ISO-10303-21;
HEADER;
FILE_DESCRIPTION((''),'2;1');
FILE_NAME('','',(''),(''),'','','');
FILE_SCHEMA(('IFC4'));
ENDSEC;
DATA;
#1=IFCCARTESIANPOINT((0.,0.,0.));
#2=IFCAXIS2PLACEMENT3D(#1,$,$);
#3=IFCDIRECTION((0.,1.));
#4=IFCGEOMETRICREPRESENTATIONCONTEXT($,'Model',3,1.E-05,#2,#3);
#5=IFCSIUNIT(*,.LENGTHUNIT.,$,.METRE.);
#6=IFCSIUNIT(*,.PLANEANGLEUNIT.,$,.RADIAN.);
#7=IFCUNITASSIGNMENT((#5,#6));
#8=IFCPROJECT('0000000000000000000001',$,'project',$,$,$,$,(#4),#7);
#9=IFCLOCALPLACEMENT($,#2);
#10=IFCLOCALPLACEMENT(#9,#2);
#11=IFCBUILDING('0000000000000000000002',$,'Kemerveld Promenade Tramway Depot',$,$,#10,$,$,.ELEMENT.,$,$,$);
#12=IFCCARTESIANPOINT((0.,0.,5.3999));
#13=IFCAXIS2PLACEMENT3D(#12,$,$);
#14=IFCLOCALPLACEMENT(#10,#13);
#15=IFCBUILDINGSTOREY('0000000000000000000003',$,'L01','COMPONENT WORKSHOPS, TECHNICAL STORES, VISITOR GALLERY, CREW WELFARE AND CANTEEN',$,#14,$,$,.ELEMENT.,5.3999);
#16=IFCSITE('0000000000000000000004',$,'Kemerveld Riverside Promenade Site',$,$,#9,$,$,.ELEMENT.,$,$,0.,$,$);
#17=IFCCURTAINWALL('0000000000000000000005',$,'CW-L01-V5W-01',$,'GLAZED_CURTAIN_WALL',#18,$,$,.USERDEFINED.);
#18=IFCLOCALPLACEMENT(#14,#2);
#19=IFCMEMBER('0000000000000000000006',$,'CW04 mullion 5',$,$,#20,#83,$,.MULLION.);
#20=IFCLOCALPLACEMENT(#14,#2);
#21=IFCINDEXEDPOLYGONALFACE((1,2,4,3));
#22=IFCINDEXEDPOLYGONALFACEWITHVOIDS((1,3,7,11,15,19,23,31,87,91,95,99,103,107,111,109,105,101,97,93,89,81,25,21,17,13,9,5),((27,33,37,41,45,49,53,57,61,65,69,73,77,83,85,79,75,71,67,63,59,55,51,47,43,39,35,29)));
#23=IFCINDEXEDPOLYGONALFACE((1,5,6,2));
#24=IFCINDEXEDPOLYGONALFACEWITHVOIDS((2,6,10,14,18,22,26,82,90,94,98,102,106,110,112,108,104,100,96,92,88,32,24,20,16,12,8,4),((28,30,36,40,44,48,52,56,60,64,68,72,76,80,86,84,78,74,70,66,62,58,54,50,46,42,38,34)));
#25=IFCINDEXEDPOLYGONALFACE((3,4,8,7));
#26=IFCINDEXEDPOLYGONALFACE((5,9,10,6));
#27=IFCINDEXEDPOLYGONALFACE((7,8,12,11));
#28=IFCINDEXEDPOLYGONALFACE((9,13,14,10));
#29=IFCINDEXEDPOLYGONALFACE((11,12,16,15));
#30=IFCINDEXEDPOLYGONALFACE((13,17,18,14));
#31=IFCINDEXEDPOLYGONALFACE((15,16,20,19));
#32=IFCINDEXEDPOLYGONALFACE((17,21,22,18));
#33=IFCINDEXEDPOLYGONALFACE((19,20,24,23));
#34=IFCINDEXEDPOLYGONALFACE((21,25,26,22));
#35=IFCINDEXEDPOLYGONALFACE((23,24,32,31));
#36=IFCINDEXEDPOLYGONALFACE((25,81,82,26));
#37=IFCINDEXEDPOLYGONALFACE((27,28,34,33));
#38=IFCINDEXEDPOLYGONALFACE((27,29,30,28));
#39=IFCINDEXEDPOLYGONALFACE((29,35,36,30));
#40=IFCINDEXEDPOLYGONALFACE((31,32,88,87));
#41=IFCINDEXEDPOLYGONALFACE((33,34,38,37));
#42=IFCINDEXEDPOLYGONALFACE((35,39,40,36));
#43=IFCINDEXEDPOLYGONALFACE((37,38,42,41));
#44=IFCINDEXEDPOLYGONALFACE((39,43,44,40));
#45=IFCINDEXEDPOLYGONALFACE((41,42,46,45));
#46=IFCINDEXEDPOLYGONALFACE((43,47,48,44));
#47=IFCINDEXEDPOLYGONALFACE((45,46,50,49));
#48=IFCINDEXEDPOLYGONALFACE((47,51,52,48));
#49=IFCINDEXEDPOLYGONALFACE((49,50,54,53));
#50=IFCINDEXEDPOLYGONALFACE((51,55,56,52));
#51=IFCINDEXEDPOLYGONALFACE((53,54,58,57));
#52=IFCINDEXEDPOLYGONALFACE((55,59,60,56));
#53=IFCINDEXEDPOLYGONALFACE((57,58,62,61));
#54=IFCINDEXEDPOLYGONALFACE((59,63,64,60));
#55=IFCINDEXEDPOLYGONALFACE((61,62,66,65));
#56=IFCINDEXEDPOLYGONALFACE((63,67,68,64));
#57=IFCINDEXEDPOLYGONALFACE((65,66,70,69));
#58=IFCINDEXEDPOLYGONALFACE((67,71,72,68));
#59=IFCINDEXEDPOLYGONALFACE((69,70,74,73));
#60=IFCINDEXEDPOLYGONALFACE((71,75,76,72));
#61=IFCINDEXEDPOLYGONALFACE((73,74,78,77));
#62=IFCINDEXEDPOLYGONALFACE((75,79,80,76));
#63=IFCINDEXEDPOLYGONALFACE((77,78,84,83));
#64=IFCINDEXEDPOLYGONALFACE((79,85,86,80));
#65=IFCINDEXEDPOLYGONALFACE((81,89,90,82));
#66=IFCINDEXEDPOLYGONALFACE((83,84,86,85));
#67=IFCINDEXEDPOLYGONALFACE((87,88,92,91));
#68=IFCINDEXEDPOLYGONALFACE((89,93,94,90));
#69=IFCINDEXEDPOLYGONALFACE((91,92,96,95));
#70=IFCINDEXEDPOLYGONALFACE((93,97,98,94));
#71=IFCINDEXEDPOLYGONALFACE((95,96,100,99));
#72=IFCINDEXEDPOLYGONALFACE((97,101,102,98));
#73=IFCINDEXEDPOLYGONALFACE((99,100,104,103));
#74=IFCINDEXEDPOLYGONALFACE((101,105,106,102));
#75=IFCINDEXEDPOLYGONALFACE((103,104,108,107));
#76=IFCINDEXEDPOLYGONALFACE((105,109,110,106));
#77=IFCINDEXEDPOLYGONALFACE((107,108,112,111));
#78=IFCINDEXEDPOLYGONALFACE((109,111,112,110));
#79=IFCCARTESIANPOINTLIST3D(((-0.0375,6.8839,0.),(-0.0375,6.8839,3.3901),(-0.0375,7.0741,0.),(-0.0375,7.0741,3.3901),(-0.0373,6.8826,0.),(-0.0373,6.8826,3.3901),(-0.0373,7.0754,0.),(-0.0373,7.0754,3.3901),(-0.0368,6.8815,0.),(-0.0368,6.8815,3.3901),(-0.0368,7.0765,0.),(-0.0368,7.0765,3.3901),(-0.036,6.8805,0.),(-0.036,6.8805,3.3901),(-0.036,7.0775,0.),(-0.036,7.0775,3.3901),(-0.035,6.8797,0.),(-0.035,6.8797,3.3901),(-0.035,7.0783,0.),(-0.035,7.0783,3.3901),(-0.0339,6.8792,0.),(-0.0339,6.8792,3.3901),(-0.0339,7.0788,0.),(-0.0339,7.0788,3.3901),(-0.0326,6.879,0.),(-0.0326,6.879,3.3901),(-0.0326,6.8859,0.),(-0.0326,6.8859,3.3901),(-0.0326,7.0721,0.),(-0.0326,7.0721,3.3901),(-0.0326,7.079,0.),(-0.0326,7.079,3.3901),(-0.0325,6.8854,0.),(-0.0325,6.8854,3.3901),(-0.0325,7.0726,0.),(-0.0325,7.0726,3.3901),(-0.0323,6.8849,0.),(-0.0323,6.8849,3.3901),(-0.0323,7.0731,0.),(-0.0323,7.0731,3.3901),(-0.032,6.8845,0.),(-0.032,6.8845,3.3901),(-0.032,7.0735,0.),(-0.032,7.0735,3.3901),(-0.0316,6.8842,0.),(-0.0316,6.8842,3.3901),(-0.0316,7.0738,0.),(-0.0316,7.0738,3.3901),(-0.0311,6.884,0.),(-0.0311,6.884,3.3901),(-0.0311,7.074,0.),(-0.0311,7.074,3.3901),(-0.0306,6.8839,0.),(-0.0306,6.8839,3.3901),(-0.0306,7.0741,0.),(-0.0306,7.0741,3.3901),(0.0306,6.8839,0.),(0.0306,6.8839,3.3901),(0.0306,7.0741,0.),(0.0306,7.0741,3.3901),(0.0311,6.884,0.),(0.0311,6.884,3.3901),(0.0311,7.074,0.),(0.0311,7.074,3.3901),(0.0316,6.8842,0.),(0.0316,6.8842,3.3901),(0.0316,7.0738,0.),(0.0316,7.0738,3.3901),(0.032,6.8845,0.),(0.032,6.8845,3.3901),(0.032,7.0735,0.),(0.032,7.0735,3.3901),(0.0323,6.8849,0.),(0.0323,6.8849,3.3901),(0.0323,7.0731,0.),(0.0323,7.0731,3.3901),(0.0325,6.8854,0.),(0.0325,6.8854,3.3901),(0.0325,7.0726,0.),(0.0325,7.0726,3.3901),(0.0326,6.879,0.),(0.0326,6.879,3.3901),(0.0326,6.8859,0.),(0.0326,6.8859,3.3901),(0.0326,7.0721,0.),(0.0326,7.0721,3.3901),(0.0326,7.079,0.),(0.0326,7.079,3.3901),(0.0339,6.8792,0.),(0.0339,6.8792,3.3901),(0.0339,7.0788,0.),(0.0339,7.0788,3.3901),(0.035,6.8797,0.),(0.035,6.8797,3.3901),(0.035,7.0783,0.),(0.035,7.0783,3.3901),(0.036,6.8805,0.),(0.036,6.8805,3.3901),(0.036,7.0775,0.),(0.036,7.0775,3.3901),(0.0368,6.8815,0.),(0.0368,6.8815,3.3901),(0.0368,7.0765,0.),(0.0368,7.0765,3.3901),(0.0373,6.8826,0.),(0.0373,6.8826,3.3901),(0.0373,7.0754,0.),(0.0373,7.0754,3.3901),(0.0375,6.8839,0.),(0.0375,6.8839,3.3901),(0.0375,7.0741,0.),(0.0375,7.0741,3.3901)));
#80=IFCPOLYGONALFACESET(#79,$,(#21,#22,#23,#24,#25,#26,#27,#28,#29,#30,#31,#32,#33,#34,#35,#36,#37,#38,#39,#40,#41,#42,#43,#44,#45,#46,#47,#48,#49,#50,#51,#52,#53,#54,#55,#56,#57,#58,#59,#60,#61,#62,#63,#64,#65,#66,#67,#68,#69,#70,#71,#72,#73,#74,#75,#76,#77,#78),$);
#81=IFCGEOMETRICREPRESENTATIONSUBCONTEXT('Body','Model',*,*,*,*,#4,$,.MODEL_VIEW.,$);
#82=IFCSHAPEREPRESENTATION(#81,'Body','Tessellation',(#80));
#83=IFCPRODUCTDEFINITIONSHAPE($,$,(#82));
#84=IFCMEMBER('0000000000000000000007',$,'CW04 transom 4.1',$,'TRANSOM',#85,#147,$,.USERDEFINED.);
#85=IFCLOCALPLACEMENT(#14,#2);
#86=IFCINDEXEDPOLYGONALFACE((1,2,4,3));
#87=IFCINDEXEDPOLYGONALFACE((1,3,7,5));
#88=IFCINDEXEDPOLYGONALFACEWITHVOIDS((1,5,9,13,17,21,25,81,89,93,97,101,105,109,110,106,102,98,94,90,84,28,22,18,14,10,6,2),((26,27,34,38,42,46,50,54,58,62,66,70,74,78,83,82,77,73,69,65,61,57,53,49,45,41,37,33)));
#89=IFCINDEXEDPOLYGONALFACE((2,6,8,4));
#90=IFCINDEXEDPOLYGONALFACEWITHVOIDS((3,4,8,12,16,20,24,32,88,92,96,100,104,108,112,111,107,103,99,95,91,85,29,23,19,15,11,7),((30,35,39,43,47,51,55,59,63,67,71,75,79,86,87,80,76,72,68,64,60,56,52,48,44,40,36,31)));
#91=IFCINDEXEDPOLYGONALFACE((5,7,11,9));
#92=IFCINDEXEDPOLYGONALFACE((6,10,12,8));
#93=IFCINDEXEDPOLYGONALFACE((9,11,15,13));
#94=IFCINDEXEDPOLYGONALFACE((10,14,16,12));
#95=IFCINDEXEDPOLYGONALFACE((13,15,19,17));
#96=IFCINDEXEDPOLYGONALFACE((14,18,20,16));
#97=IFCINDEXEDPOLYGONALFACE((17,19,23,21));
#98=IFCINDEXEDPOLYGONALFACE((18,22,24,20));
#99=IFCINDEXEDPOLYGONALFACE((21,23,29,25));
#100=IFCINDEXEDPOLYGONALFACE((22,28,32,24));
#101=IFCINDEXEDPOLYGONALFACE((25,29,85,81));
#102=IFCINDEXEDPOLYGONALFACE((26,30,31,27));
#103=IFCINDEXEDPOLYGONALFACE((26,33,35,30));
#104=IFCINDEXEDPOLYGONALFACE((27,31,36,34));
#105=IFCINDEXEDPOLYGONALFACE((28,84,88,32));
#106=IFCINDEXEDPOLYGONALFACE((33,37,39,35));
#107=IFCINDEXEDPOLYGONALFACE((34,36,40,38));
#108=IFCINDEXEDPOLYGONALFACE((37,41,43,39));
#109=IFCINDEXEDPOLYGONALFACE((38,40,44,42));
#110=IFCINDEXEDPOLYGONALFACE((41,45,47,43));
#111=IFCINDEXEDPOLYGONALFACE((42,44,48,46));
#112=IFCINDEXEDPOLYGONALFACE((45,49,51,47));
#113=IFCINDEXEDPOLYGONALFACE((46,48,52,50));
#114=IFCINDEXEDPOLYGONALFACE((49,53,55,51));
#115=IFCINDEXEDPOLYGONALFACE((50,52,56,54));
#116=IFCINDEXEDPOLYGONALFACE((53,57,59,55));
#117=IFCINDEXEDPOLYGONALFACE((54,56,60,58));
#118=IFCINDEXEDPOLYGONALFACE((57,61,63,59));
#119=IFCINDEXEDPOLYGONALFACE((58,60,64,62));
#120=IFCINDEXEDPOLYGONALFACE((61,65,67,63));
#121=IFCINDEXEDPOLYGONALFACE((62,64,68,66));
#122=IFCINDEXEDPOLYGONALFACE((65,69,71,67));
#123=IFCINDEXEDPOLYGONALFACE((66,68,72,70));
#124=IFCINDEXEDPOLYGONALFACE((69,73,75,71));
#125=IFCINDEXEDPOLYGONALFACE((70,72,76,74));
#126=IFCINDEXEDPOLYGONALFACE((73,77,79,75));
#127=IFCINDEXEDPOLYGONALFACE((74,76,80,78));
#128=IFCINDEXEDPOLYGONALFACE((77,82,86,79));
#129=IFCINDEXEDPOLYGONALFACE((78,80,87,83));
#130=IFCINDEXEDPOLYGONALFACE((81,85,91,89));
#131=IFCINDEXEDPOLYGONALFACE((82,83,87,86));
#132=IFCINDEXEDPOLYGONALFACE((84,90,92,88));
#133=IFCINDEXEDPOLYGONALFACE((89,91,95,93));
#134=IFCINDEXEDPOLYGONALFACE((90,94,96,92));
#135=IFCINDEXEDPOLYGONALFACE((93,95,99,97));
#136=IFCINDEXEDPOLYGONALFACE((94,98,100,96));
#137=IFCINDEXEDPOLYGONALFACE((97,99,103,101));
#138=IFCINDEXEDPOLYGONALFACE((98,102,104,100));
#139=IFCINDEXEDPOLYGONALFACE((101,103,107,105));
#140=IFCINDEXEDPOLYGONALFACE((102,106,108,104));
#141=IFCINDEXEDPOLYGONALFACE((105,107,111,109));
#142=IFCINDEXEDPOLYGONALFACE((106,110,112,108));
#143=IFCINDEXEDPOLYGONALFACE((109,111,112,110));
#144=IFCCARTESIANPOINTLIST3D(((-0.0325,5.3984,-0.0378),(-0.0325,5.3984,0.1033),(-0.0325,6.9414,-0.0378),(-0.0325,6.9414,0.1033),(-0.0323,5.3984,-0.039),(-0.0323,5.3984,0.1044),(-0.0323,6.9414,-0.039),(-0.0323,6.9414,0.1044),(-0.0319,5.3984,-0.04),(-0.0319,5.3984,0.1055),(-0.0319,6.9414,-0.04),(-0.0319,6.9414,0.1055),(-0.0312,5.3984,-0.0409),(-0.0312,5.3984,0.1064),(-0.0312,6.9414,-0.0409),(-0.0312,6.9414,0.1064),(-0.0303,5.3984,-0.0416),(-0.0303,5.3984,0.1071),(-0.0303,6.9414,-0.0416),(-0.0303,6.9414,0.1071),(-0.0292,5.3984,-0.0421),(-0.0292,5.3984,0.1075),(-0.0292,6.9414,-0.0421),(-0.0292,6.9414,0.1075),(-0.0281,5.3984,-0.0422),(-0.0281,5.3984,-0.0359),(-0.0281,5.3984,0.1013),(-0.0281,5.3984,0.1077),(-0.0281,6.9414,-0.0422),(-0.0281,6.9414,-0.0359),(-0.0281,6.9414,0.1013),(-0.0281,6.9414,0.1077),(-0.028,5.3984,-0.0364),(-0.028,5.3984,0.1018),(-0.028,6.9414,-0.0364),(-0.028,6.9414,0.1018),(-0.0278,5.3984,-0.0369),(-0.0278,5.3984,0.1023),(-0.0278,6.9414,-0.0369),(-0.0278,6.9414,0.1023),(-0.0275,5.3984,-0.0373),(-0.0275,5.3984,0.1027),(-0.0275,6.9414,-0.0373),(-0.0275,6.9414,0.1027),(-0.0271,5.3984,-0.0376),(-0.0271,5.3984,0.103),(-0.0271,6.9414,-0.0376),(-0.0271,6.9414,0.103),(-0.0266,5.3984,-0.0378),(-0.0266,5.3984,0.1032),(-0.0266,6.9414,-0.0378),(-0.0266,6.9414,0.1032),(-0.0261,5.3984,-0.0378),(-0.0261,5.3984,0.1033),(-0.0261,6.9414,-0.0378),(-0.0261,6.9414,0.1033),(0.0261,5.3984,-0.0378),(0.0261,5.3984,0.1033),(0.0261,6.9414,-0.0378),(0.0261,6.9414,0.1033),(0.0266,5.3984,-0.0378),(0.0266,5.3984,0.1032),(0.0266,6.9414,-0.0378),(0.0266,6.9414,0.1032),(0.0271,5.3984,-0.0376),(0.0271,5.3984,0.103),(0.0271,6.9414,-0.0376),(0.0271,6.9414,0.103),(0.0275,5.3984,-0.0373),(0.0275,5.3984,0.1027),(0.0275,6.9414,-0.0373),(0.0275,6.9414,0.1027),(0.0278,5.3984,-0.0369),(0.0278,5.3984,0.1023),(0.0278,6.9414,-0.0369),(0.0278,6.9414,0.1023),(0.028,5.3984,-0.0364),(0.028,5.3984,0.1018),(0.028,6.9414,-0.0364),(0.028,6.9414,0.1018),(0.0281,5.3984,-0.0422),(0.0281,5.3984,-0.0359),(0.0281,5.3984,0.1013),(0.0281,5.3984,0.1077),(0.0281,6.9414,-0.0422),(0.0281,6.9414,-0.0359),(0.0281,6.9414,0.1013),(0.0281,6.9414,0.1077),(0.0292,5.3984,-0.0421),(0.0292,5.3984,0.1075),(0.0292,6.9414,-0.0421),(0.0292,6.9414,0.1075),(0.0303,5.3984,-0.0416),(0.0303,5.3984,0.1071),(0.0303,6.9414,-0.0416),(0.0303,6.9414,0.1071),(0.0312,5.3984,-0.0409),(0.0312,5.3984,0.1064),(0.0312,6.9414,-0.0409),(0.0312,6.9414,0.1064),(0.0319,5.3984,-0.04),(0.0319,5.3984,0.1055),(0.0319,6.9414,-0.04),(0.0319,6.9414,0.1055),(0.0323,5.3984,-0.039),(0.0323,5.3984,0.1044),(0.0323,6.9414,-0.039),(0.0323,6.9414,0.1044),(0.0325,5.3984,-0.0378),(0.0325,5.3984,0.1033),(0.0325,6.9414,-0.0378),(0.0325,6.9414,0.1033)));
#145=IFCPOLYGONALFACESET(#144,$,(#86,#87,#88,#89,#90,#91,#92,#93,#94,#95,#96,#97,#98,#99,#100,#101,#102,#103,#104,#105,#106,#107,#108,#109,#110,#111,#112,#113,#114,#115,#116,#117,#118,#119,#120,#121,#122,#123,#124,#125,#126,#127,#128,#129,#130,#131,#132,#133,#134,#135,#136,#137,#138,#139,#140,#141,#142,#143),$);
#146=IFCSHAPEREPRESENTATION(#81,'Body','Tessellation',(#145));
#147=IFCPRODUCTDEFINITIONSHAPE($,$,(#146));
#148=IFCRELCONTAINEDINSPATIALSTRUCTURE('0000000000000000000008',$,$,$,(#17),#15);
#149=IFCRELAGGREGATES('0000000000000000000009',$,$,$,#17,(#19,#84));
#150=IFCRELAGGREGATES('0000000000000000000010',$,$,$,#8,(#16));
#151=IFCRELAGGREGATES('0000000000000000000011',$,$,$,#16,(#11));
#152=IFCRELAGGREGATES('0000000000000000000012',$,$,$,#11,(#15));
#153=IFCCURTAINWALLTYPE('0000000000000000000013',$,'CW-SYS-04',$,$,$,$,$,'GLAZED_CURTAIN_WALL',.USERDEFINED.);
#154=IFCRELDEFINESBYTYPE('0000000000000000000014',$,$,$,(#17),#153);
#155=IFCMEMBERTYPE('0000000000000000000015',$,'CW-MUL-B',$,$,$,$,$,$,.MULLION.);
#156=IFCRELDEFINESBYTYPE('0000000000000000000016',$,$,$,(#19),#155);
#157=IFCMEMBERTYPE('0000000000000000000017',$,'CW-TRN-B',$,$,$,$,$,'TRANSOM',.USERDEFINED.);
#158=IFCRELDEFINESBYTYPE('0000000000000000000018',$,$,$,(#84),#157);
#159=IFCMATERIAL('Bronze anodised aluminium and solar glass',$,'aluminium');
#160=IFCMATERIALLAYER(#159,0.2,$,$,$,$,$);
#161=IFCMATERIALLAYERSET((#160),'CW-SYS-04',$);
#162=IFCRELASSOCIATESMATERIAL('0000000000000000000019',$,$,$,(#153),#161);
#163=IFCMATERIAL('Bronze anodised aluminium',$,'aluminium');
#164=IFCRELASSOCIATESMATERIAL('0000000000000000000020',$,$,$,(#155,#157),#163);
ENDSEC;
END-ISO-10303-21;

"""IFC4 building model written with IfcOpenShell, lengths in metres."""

from ifc_helpers import new_model, si_unit, direction, frame, origin, origin_2d, place, context, subcontext, project, spatial, hollow_rectangle, extrude, material, layer, layer_set, material_profile, profile_set, type_object, element, aggregate, save


model = new_model("IFC4")

# Units and contexts
model_context = context("Model", 3, precision=1e-05, world=origin(), true_north=direction((0.0, 1.0)))
body_context = subcontext(model_context, "Body", "Model", "MODEL_VIEW")
ifc_project = project(units=[si_unit("LENGTHUNIT", "METRE"), si_unit("PLANEANGLEUNIT", "RADIAN")], contexts=[model_context])

# Site, building, storey
site_placement = place(None, origin())
site = spatial("IfcSite", under=ifc_project, at=site_placement, Name="Kemerveld Riverside Promenade Site", CompositionType="ELEMENT", RefElevation=0.0)
building_placement = place(site_placement, origin())
building = spatial("IfcBuilding", under=site, at=building_placement, Name="Kemerveld Promenade Tramway Depot", CompositionType="ELEMENT")
storey_placement = place(building_placement, frame((0.0, 0.0, 5.3999)))
storey = spatial("IfcBuildingStorey", under=building, at=storey_placement, Name="L01", Description="COMPONENT WORKSHOPS, TECHNICAL STORES, VISITOR GALLERY, CREW WELFARE AND CANTEEN", CompositionType="ELEMENT", Elevation=5.3999)

# Curtain wall, members
ifc_material_1 = material(Name="Bronze anodised aluminium and solar glass", Category="aluminium")
ifc_layer_1 = layer(ifc_material_1, 0.2)
ifc_layer_set_1 = layer_set([ifc_layer_1], Name="CW-SYS-04")
curtain_wall_type = type_object("IfcCurtainWallType", Name="CW-SYS-04", ElementType="GLAZED_CURTAIN_WALL", PredefinedType="USERDEFINED", material=ifc_layer_set_1)
curtain_wall_placement = place(storey_placement, origin())
curtain_wall = element("IfcCurtainWall", 1, at=curtain_wall_placement, inside=storey, type_object=curtain_wall_type, Name="CW-L01-V5W-01", ObjectType="GLAZED_CURTAIN_WALL", PredefinedType="USERDEFINED")
ifc_material_2 = material(Name="Bronze anodised aluminium", Category="aluminium")
ifc_material_profile_1 = material_profile(ifc_material_2, hollow_rectangle(XDim=0.075, YDim=0.2, WallThickness=0.0049, InnerFilletRadius=0.002, OuterFilletRadius=0.0049, at=origin_2d()), Name="CW-MUL-200x75")
ifc_profile_set_1 = profile_set([ifc_material_profile_1], Name="Bronze anodised aluminium")
member_type_1 = type_object("IfcMemberType", Name="CW-MUL-B", PredefinedType="MULLION", material=ifc_profile_set_1)
member_1_placement = place(storey_placement, frame((0.0, 6.979, 0.0), z_axis=(0.0, 0.0, 1.0), x_axis=(-1.0, 0.0, 0.0)))
member_1 = element("IfcMember", 2, at=member_1_placement, type_object=member_type_1, Name="CW04 mullion 5", PredefinedType="MULLION", context=body_context, shape_type="SweptSolid", body=[
    extrude(hollow_rectangle(XDim=0.075, YDim=0.2, WallThickness=0.0049, InnerFilletRadius=0.002, OuterFilletRadius=0.0049, at=origin_2d()), origin(), (0.0, 0.0, 1.0), 3.3901),
])
ifc_material_profile_2 = material_profile(ifc_material_2, hollow_rectangle(XDim=0.0649, YDim=0.1499, WallThickness=0.0044, InnerFilletRadius=0.002, OuterFilletRadius=0.0044, at=origin_2d()), Name="CW-TRN-150x65")
ifc_profile_set_2 = profile_set([ifc_material_profile_2], Name="Bronze anodised aluminium")
member_type_2 = type_object("IfcMemberType", Name="CW-TRN-B", ElementType="TRANSOM", PredefinedType="USERDEFINED", material=ifc_profile_set_2)
member_2_placement = place(storey_placement, frame((0.0, 5.3984, 0.0327), z_axis=(0.0, 1.0, 0.0), x_axis=(-1.0, 0.0, 0.0)))
member_2 = element("IfcMember", 3, at=member_2_placement, type_object=member_type_2, Name="CW04 transom 4.1", ObjectType="TRANSOM", PredefinedType="USERDEFINED", context=body_context, shape_type="SweptSolid", body=[
    extrude(hollow_rectangle(XDim=0.0649, YDim=0.1499, WallThickness=0.0044, InnerFilletRadius=0.002, OuterFilletRadius=0.0044, at=origin_2d()), origin(), (0.0, 0.0, 1.0), 1.543),
])
aggregate(curtain_wall, [member_1, member_2])

save(model, "model.ifc")
